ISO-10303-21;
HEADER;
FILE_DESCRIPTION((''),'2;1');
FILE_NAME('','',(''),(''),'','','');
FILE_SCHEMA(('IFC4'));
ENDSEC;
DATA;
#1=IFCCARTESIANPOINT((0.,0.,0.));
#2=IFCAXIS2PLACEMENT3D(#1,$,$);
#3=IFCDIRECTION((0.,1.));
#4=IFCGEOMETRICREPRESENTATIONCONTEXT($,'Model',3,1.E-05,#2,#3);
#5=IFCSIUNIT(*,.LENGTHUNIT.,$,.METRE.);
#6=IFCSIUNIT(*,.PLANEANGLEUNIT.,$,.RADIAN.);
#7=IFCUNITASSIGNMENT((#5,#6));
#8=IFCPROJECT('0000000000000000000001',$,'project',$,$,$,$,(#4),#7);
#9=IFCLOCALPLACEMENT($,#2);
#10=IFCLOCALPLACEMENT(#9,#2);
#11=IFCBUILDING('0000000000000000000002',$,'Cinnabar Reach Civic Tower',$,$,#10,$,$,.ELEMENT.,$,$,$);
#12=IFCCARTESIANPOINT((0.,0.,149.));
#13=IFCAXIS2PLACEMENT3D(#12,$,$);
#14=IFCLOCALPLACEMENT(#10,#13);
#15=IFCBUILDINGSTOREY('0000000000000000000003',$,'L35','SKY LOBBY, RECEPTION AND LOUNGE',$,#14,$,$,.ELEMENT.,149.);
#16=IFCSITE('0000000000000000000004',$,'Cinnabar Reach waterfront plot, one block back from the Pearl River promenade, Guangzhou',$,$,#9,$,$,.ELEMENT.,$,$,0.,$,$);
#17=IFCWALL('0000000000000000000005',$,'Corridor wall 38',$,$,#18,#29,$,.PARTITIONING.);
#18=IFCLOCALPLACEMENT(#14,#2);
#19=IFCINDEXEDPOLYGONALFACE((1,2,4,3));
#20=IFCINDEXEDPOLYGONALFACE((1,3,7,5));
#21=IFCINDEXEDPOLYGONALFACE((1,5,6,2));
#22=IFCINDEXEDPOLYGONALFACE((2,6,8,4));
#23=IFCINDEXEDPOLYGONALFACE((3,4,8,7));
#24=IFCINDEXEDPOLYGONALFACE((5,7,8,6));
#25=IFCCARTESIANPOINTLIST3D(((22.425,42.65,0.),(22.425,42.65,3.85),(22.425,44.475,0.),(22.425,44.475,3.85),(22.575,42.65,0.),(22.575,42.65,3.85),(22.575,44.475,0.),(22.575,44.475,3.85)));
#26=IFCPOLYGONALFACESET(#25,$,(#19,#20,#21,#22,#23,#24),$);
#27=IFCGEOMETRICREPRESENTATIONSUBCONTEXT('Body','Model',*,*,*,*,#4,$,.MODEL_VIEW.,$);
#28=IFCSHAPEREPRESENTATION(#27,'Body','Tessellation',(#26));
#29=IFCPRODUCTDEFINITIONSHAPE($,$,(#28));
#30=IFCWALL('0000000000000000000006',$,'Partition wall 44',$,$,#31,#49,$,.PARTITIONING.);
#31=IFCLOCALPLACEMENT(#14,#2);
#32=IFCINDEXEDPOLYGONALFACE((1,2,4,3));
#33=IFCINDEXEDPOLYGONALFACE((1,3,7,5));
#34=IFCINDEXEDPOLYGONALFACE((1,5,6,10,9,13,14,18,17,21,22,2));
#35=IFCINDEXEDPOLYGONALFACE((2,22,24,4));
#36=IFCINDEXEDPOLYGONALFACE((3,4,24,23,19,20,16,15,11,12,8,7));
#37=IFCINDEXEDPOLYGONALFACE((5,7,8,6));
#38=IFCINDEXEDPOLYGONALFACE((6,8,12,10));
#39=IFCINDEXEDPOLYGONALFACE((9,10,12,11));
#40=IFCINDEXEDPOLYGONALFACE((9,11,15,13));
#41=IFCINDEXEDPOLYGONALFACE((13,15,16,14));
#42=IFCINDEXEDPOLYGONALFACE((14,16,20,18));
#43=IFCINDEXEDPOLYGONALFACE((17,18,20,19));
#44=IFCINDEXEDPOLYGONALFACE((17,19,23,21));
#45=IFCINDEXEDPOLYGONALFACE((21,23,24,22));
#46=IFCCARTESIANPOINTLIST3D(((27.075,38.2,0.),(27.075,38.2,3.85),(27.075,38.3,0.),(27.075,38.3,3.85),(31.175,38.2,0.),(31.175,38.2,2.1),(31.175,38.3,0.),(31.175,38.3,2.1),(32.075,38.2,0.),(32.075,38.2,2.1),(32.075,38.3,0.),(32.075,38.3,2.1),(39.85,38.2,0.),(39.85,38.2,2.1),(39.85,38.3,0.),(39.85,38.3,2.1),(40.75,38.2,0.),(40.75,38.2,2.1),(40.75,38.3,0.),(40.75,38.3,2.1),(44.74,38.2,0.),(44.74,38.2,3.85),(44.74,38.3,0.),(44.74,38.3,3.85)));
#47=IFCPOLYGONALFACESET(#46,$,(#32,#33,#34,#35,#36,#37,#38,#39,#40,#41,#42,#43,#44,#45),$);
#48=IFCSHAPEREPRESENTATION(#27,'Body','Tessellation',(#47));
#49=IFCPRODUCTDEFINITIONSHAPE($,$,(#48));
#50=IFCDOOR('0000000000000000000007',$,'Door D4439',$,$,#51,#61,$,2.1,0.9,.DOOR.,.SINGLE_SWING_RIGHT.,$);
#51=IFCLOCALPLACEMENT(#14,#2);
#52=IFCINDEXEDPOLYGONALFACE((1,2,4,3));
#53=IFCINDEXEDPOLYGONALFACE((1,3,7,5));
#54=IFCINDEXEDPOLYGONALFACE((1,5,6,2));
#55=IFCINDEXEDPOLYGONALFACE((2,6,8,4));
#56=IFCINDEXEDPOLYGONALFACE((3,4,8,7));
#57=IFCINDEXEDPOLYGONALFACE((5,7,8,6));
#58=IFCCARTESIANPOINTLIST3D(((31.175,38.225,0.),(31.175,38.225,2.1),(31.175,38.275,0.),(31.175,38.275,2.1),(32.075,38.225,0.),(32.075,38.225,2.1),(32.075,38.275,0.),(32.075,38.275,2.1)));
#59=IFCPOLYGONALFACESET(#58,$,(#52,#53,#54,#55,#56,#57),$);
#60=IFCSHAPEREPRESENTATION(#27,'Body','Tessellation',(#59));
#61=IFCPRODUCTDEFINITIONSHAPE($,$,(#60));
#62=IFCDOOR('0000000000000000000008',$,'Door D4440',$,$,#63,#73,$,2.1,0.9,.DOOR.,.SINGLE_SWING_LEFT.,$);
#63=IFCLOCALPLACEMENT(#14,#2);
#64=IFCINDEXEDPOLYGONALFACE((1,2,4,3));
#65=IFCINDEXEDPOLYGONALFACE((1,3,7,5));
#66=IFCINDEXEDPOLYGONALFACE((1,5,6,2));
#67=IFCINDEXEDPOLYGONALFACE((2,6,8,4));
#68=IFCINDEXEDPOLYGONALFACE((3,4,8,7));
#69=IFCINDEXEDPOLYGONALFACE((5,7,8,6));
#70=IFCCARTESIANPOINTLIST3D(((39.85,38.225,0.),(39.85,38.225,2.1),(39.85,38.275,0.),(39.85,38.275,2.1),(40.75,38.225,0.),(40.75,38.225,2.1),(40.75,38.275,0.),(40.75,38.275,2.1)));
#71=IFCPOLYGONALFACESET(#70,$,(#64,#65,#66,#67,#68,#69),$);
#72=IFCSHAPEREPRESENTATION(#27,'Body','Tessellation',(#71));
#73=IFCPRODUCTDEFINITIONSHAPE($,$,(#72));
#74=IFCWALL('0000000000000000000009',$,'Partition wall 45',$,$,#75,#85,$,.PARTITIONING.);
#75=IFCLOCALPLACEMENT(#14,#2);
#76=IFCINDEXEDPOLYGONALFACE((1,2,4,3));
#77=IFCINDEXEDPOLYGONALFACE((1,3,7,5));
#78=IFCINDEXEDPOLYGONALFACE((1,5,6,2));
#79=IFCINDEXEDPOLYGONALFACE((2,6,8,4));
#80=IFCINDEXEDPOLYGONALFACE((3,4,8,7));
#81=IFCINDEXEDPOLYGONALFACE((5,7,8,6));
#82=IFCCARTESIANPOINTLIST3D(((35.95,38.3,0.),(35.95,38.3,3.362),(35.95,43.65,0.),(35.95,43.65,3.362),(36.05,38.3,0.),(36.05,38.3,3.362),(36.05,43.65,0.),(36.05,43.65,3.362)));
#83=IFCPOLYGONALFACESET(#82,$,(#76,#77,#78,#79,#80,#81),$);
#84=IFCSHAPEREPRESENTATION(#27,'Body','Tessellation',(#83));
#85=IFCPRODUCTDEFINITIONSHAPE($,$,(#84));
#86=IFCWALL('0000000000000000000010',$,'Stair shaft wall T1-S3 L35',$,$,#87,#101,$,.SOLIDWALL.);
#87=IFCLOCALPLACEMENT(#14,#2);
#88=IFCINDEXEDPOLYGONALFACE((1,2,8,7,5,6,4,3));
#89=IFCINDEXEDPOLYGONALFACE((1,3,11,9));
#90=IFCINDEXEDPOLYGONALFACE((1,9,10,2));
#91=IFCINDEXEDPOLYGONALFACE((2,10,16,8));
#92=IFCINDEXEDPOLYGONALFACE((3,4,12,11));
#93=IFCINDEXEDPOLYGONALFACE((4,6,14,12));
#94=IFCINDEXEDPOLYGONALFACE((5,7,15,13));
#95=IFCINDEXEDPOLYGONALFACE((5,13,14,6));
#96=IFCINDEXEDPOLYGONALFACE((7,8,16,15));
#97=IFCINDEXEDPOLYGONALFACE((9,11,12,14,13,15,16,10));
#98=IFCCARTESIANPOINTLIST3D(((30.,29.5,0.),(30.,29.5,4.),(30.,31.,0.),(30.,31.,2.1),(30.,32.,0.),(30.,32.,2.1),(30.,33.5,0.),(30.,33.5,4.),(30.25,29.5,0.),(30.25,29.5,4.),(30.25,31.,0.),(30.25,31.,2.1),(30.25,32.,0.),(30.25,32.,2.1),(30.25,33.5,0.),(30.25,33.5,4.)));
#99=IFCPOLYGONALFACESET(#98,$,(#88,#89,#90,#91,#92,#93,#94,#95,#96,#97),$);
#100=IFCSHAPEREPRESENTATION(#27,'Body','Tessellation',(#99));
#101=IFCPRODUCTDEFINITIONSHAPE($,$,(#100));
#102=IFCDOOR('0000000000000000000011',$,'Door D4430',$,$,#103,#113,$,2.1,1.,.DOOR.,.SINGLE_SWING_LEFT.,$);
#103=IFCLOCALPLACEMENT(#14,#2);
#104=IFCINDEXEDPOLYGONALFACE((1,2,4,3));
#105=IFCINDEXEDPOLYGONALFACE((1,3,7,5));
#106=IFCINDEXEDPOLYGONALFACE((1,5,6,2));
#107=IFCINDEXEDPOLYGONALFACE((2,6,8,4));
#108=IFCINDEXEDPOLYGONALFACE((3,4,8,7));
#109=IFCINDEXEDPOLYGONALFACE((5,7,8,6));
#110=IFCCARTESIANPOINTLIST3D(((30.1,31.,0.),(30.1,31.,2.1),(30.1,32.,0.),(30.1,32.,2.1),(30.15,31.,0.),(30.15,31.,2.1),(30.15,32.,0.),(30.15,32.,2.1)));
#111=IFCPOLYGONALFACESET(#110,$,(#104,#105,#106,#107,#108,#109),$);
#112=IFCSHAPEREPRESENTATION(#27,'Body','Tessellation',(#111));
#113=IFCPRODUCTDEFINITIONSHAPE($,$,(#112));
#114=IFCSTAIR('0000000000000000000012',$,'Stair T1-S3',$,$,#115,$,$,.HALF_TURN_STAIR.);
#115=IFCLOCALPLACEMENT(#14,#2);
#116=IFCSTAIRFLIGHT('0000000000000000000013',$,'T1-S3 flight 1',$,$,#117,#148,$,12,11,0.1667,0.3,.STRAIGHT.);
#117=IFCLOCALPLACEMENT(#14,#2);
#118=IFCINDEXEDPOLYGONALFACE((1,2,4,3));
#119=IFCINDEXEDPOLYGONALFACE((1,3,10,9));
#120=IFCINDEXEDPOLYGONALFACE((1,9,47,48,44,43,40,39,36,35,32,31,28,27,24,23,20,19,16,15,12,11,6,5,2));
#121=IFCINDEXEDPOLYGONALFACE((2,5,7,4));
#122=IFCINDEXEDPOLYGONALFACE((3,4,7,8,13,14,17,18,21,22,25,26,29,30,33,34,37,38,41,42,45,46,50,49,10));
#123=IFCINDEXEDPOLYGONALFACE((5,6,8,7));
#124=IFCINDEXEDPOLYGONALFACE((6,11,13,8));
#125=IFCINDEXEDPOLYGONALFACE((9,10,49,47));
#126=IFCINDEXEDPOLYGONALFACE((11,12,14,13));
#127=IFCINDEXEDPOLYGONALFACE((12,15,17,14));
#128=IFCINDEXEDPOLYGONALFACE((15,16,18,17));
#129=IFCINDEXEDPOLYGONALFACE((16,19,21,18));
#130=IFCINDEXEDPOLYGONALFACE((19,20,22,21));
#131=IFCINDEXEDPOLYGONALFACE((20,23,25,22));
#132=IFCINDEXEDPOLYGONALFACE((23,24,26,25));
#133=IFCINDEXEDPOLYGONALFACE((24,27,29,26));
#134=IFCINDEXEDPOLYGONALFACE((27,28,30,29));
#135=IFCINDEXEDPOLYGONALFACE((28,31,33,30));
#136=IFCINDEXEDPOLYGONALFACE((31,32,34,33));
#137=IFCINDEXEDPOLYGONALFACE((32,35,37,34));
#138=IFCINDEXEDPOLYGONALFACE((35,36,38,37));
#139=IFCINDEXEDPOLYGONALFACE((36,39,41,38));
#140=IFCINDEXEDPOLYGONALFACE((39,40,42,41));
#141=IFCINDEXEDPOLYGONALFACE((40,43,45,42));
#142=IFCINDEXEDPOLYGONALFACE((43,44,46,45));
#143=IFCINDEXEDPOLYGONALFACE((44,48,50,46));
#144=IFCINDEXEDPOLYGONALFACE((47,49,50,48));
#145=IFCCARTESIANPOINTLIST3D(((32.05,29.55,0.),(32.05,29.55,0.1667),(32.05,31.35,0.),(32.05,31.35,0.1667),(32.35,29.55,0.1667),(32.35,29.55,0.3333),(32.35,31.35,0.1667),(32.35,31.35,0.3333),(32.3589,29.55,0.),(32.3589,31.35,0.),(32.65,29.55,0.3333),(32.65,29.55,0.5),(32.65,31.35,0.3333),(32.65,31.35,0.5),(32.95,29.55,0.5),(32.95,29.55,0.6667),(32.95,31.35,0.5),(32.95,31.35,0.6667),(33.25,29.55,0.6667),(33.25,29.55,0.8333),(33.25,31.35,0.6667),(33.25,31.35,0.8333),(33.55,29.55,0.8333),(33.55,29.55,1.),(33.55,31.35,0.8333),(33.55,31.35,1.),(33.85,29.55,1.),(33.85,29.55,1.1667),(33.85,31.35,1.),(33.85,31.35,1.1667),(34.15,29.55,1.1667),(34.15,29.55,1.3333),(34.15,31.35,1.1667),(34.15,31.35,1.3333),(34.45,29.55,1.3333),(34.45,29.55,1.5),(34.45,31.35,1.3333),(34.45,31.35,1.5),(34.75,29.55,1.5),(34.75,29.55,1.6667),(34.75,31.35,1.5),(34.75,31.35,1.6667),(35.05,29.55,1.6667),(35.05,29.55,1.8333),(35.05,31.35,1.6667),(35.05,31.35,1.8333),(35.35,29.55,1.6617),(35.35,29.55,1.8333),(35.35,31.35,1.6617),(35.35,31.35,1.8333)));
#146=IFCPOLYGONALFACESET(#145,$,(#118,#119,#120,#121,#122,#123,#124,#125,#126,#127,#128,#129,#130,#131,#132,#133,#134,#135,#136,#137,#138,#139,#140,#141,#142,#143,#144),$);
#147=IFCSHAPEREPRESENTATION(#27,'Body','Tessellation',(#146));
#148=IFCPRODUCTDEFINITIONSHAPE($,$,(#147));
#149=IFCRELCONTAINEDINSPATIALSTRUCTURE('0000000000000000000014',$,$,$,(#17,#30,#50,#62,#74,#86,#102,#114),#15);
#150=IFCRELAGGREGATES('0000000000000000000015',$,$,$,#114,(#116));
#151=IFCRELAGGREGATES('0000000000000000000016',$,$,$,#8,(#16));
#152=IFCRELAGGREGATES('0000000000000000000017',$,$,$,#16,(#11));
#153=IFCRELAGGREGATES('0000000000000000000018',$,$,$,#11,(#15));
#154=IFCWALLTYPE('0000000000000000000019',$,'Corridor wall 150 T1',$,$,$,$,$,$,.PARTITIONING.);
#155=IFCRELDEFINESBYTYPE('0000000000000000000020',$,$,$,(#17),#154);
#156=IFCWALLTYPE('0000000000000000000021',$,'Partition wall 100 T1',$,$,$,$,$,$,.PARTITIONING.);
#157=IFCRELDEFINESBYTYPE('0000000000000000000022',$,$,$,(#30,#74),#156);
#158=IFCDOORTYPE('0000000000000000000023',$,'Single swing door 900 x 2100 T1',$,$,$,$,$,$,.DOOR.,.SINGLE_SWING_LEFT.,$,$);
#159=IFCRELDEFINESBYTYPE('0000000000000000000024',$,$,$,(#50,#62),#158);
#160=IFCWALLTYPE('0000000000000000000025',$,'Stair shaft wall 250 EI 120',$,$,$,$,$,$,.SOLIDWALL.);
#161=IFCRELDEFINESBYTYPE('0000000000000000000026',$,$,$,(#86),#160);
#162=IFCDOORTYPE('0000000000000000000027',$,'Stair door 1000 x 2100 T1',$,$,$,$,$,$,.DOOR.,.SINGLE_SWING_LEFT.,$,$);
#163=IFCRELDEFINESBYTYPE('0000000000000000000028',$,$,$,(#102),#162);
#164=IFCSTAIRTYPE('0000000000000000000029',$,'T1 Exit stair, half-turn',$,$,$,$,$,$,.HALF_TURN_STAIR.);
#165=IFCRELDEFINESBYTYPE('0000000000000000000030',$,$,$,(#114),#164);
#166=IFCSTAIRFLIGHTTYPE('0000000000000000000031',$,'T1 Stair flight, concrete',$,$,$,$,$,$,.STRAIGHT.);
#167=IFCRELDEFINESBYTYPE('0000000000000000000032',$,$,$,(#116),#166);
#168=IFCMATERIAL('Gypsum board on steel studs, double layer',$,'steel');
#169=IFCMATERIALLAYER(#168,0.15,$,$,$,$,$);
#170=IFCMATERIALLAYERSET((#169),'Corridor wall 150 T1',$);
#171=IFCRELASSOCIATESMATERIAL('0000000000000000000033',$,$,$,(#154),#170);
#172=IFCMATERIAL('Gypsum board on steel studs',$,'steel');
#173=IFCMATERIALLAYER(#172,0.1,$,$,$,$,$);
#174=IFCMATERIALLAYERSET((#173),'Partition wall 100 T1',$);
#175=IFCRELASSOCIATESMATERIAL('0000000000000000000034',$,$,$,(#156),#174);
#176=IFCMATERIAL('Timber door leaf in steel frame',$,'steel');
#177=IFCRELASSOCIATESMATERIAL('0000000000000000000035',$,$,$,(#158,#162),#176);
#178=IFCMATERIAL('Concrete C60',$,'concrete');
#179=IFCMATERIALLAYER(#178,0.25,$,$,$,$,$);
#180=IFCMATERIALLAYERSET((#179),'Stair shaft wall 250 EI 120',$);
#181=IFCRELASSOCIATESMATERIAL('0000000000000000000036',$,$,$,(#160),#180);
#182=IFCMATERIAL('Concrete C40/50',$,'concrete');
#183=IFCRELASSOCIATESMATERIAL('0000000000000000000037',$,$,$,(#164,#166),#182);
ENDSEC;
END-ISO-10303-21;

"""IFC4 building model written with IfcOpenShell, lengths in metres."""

from ifc_helpers import new_model, si_unit, direction, frame, frame_2d, origin, place, context, subcontext, project, spatial, polyline, rectangle, outline, extrude, material, layer, layer_set, type_object, element, fill, aggregate, save


model = new_model("IFC4")

# Units and contexts
model_context = context("Model", 3, precision=1e-05, world=origin(), true_north=direction((0.0, 1.0)))
body_context = subcontext(model_context, "Body", "Model", "MODEL_VIEW")
ifc_project = project(units=[si_unit("LENGTHUNIT", "METRE"), si_unit("PLANEANGLEUNIT", "RADIAN")], contexts=[model_context])

# Site, building, storey
site_placement = place(None, origin())
site = spatial("IfcSite", under=ifc_project, at=site_placement, Name="Cinnabar Reach waterfront plot, one block back from the Pearl River promenade, Guangzhou", CompositionType="ELEMENT", RefElevation=0.0)
building_placement = place(site_placement, origin())
building = spatial("IfcBuilding", under=site, at=building_placement, Name="Cinnabar Reach Civic Tower", CompositionType="ELEMENT")
storey_placement = place(building_placement, frame((0.0, 0.0, 149.0)))
storey = spatial("IfcBuildingStorey", under=building, at=storey_placement, Name="L35", Description="SKY LOBBY, RECEPTION AND LOUNGE", CompositionType="ELEMENT", Elevation=149.0)

# Shared definitions
ifc_material_1 = material(Name="Timber door leaf in steel frame", Category="steel")

# Shared definitions
ifc_material_2 = material(Name="Gypsum board on steel studs, double layer", Category="steel")
ifc_layer_1 = layer(ifc_material_2, 0.15)
ifc_layer_set_1 = layer_set([ifc_layer_1], Name="Corridor wall 150 T1")
wall_type_1 = type_object("IfcWallType", Name="Corridor wall 150 T1", PredefinedType="PARTITIONING", material=ifc_layer_set_1)

# Wall
wall_1_placement = place(storey_placement, frame((22.5, 42.65, 0.0), z_axis=(0.0, 0.0, 1.0), x_axis=(0.0, 1.0, 0.0)))
element("IfcWall", 1, at=wall_1_placement, inside=storey, type_object=wall_type_1, Name="Corridor wall 38", PredefinedType="PARTITIONING", context=body_context, shape_type="SweptSolid", body=[
    extrude(rectangle(XDim=1.825, YDim=0.15, at=frame_2d((0.9125, 0.0))), origin(), (0.0, 0.0, 1.0), 3.85),
])

# Wall, openings, doors
ifc_material_3 = material(Name="Gypsum board on steel studs", Category="steel")
ifc_layer_2 = layer(ifc_material_3, 0.1)
ifc_layer_set_2 = layer_set([ifc_layer_2], Name="Partition wall 100 T1")
wall_type_2 = type_object("IfcWallType", Name="Partition wall 100 T1", PredefinedType="PARTITIONING", material=ifc_layer_set_2)
wall_2_placement = place(storey_placement, frame((27.075, 38.25, 0.0), z_axis=(0.0, 0.0, 1.0), x_axis=(1.0, 0.0, 0.0)))
wall_2 = element("IfcWall", 2, at=wall_2_placement, inside=storey, type_object=wall_type_2, Name="Partition wall 44", PredefinedType="PARTITIONING", context=body_context, shape_type="SweptSolid", body=[
    extrude(rectangle(XDim=17.665, YDim=0.1, at=frame_2d((8.8325, 0.0))), origin(), (0.0, 0.0, 1.0), 3.85),
])
opening_1_placement = place(wall_2_placement, frame((4.1, 0.0, 0.0)))
opening_1 = element("IfcOpeningElement", 3, at=opening_1_placement, cuts=wall_2, PredefinedType="OPENING", context=body_context, shape_type="SweptSolid", body=[
    extrude(rectangle(XDim=0.9, YDim=2.1, at=frame_2d((0.45, 1.05))), frame((0.0, 0.06, 0.0), z_axis=(0.0, -1.0, 0.0), x_axis=(1.0, 0.0, 0.0)), (0.0, 0.0, 1.0), 0.12),
])
opening_2_placement = place(wall_2_placement, frame((12.775, 0.0, 0.0)))
opening_2 = element("IfcOpeningElement", 4, at=opening_2_placement, cuts=wall_2, PredefinedType="OPENING", context=body_context, shape_type="SweptSolid", body=[
    extrude(rectangle(XDim=0.9, YDim=2.1, at=frame_2d((0.45, 1.05))), frame((0.0, 0.06, 0.0), z_axis=(0.0, -1.0, 0.0), x_axis=(1.0, 0.0, 0.0)), (0.0, 0.0, 1.0), 0.12),
])
door_type_1 = type_object("IfcDoorType", Name="Single swing door 900 x 2100 T1", OperationType="SINGLE_SWING_LEFT", PredefinedType="DOOR", material=ifc_material_1)
door_1_placement = place(opening_1_placement, origin())
door_1 = element("IfcDoor", 5, at=door_1_placement, inside=storey, type_object=door_type_1, Name="Door D4439", OperationType="SINGLE_SWING_RIGHT", OverallHeight=2.1, OverallWidth=0.9, PredefinedType="DOOR", context=body_context, shape_type="SweptSolid", body=[
    extrude(rectangle(XDim=0.9, YDim=2.1, at=frame_2d((0.45, 1.05))), frame((0.0, 0.025, 0.0), z_axis=(0.0, -1.0, 0.0), x_axis=(1.0, 0.0, 0.0)), (0.0, 0.0, 1.0), 0.05),
])
fill(opening_1, door_1)
door_2_placement = place(opening_2_placement, frame((0.9, 0.0, 0.0), z_axis=(0.0, 0.0, 1.0), x_axis=(-1.0, 0.0, 0.0)))
door_2 = element("IfcDoor", 6, at=door_2_placement, inside=storey, type_object=door_type_1, Name="Door D4440", OperationType="SINGLE_SWING_LEFT", OverallHeight=2.1, OverallWidth=0.9, PredefinedType="DOOR", context=body_context, shape_type="SweptSolid", body=[
    extrude(rectangle(XDim=0.9, YDim=2.1, at=frame_2d((0.45, 1.05))), frame((0.0, 0.025, 0.0), z_axis=(0.0, -1.0, 0.0), x_axis=(1.0, 0.0, 0.0)), (0.0, 0.0, 1.0), 0.05),
])
fill(opening_2, door_2)

# Wall
wall_3_placement = place(storey_placement, frame((36.0, 38.3, 0.0), z_axis=(0.0, 0.0, 1.0), x_axis=(0.0, 1.0, 0.0)))
element("IfcWall", 7, at=wall_3_placement, inside=storey, type_object=wall_type_2, Name="Partition wall 45", PredefinedType="PARTITIONING", context=body_context, shape_type="SweptSolid", body=[
    extrude(rectangle(XDim=5.35, YDim=0.1, at=frame_2d((2.675, 0.0))), origin(), (0.0, 0.0, 1.0), 3.362),
])

# Wall, opening, door
ifc_material_4 = material(Name="Concrete C60", Category="concrete")
ifc_layer_3 = layer(ifc_material_4, 0.25)
ifc_layer_set_3 = layer_set([ifc_layer_3], Name="Stair shaft wall 250 EI 120")
wall_type_3 = type_object("IfcWallType", Name="Stair shaft wall 250 EI 120", PredefinedType="SOLIDWALL", material=ifc_layer_set_3)
wall_4_placement = place(storey_placement, frame((30.125, 33.5, 0.0), z_axis=(0.0, 0.0, 1.0), x_axis=(0.0, -1.0, 0.0)))
wall_4 = element("IfcWall", 8, at=wall_4_placement, inside=storey, type_object=wall_type_3, Name="Stair shaft wall T1-S3 L35", PredefinedType="SOLIDWALL", context=body_context, shape_type="SweptSolid", body=[
    extrude(rectangle(XDim=4.0, YDim=0.25, at=frame_2d((2.0, 0.0))), origin(), (0.0, 0.0, 1.0), 4.0),
])
opening_3_placement = place(wall_4_placement, frame((1.5, 0.0, 0.0)))
opening_3 = element("IfcOpeningElement", 9, at=opening_3_placement, cuts=wall_4, PredefinedType="OPENING", context=body_context, shape_type="SweptSolid", body=[
    extrude(rectangle(XDim=1.0, YDim=2.1, at=frame_2d((0.5, 1.05))), frame((0.0, 0.135, 0.0), z_axis=(0.0, -1.0, 0.0), x_axis=(1.0, 0.0, 0.0)), (0.0, 0.0, 1.0), 0.27),
])
door_type_2 = type_object("IfcDoorType", Name="Stair door 1000 x 2100 T1", OperationType="SINGLE_SWING_LEFT", PredefinedType="DOOR", material=ifc_material_1)
door_3_placement = place(opening_3_placement, origin())
door_3 = element("IfcDoor", 10, at=door_3_placement, inside=storey, type_object=door_type_2, Name="Door D4430", OperationType="SINGLE_SWING_LEFT", OverallHeight=2.1, OverallWidth=1.0, PredefinedType="DOOR", context=body_context, shape_type="SweptSolid", body=[
    extrude(rectangle(XDim=1.0, YDim=2.1, at=frame_2d((0.5, 1.05))), frame((0.0, 0.025, 0.0), z_axis=(0.0, -1.0, 0.0), x_axis=(1.0, 0.0, 0.0)), (0.0, 0.0, 1.0), 0.05),
])
fill(opening_3, door_3)

# Stair, stair flight
ifc_material_5 = material(Name="Concrete C40/50", Category="concrete")
stair_type = type_object("IfcStairType", Name="T1 Exit stair, half-turn", PredefinedType="HALF_TURN_STAIR", material=ifc_material_5)
stair_placement = place(storey_placement, origin())
stair = element("IfcStair", 11, at=stair_placement, inside=storey, type_object=stair_type, Name="Stair T1-S3", PredefinedType="HALF_TURN_STAIR")
stair_flight_type = type_object("IfcStairFlightType", Name="T1 Stair flight, concrete", PredefinedType="STRAIGHT", material=ifc_material_5)
stair_flight_1_placement = place(storey_placement, frame((32.05, 30.45, 0.0), z_axis=(0.0, 0.0, 1.0), x_axis=(1.0, 0.0, 0.0)))
stair_flight_1 = element("IfcStairFlight", 12, at=stair_flight_1_placement, type_object=stair_flight_type, Name="T1-S3 flight 1", NumberOfRisers=12, NumberOfTreads=11, PredefinedType="STRAIGHT", RiserHeight=0.1667, TreadLength=0.3, context=body_context, shape_type="SweptSolid", body=[
    extrude(outline(polyline([(0.0, 0.0), (0.0, 0.1667), (0.3, 0.1667), (0.3, 0.3333), (0.6, 0.3333), (0.6, 0.5), (0.9, 0.5), (0.9, 0.6667), (1.2, 0.6667), (1.2, 0.8333), (1.5, 0.8333), (1.5, 1.0), (1.8, 1.0), (1.8, 1.1667), (2.1, 1.1667), (2.1, 1.3333), (2.4, 1.3333), (2.4, 1.5), (2.7, 1.5), (2.7, 1.6667), (3.0, 1.6667), (3.0, 1.8333), (3.3, 1.8333), (3.3, 2.0), (3.3, 1.6617), (0.3089, 0.0), (0.0, 0.0)])), frame((0.0, 0.9, 0.0), z_axis=(0.0, -1.0, 0.0), x_axis=(1.0, 0.0, 0.0)), (0.0, 0.0, 1.0), 1.8),
])
aggregate(stair, [stair_flight_1])

save(model, "model.ifc")
